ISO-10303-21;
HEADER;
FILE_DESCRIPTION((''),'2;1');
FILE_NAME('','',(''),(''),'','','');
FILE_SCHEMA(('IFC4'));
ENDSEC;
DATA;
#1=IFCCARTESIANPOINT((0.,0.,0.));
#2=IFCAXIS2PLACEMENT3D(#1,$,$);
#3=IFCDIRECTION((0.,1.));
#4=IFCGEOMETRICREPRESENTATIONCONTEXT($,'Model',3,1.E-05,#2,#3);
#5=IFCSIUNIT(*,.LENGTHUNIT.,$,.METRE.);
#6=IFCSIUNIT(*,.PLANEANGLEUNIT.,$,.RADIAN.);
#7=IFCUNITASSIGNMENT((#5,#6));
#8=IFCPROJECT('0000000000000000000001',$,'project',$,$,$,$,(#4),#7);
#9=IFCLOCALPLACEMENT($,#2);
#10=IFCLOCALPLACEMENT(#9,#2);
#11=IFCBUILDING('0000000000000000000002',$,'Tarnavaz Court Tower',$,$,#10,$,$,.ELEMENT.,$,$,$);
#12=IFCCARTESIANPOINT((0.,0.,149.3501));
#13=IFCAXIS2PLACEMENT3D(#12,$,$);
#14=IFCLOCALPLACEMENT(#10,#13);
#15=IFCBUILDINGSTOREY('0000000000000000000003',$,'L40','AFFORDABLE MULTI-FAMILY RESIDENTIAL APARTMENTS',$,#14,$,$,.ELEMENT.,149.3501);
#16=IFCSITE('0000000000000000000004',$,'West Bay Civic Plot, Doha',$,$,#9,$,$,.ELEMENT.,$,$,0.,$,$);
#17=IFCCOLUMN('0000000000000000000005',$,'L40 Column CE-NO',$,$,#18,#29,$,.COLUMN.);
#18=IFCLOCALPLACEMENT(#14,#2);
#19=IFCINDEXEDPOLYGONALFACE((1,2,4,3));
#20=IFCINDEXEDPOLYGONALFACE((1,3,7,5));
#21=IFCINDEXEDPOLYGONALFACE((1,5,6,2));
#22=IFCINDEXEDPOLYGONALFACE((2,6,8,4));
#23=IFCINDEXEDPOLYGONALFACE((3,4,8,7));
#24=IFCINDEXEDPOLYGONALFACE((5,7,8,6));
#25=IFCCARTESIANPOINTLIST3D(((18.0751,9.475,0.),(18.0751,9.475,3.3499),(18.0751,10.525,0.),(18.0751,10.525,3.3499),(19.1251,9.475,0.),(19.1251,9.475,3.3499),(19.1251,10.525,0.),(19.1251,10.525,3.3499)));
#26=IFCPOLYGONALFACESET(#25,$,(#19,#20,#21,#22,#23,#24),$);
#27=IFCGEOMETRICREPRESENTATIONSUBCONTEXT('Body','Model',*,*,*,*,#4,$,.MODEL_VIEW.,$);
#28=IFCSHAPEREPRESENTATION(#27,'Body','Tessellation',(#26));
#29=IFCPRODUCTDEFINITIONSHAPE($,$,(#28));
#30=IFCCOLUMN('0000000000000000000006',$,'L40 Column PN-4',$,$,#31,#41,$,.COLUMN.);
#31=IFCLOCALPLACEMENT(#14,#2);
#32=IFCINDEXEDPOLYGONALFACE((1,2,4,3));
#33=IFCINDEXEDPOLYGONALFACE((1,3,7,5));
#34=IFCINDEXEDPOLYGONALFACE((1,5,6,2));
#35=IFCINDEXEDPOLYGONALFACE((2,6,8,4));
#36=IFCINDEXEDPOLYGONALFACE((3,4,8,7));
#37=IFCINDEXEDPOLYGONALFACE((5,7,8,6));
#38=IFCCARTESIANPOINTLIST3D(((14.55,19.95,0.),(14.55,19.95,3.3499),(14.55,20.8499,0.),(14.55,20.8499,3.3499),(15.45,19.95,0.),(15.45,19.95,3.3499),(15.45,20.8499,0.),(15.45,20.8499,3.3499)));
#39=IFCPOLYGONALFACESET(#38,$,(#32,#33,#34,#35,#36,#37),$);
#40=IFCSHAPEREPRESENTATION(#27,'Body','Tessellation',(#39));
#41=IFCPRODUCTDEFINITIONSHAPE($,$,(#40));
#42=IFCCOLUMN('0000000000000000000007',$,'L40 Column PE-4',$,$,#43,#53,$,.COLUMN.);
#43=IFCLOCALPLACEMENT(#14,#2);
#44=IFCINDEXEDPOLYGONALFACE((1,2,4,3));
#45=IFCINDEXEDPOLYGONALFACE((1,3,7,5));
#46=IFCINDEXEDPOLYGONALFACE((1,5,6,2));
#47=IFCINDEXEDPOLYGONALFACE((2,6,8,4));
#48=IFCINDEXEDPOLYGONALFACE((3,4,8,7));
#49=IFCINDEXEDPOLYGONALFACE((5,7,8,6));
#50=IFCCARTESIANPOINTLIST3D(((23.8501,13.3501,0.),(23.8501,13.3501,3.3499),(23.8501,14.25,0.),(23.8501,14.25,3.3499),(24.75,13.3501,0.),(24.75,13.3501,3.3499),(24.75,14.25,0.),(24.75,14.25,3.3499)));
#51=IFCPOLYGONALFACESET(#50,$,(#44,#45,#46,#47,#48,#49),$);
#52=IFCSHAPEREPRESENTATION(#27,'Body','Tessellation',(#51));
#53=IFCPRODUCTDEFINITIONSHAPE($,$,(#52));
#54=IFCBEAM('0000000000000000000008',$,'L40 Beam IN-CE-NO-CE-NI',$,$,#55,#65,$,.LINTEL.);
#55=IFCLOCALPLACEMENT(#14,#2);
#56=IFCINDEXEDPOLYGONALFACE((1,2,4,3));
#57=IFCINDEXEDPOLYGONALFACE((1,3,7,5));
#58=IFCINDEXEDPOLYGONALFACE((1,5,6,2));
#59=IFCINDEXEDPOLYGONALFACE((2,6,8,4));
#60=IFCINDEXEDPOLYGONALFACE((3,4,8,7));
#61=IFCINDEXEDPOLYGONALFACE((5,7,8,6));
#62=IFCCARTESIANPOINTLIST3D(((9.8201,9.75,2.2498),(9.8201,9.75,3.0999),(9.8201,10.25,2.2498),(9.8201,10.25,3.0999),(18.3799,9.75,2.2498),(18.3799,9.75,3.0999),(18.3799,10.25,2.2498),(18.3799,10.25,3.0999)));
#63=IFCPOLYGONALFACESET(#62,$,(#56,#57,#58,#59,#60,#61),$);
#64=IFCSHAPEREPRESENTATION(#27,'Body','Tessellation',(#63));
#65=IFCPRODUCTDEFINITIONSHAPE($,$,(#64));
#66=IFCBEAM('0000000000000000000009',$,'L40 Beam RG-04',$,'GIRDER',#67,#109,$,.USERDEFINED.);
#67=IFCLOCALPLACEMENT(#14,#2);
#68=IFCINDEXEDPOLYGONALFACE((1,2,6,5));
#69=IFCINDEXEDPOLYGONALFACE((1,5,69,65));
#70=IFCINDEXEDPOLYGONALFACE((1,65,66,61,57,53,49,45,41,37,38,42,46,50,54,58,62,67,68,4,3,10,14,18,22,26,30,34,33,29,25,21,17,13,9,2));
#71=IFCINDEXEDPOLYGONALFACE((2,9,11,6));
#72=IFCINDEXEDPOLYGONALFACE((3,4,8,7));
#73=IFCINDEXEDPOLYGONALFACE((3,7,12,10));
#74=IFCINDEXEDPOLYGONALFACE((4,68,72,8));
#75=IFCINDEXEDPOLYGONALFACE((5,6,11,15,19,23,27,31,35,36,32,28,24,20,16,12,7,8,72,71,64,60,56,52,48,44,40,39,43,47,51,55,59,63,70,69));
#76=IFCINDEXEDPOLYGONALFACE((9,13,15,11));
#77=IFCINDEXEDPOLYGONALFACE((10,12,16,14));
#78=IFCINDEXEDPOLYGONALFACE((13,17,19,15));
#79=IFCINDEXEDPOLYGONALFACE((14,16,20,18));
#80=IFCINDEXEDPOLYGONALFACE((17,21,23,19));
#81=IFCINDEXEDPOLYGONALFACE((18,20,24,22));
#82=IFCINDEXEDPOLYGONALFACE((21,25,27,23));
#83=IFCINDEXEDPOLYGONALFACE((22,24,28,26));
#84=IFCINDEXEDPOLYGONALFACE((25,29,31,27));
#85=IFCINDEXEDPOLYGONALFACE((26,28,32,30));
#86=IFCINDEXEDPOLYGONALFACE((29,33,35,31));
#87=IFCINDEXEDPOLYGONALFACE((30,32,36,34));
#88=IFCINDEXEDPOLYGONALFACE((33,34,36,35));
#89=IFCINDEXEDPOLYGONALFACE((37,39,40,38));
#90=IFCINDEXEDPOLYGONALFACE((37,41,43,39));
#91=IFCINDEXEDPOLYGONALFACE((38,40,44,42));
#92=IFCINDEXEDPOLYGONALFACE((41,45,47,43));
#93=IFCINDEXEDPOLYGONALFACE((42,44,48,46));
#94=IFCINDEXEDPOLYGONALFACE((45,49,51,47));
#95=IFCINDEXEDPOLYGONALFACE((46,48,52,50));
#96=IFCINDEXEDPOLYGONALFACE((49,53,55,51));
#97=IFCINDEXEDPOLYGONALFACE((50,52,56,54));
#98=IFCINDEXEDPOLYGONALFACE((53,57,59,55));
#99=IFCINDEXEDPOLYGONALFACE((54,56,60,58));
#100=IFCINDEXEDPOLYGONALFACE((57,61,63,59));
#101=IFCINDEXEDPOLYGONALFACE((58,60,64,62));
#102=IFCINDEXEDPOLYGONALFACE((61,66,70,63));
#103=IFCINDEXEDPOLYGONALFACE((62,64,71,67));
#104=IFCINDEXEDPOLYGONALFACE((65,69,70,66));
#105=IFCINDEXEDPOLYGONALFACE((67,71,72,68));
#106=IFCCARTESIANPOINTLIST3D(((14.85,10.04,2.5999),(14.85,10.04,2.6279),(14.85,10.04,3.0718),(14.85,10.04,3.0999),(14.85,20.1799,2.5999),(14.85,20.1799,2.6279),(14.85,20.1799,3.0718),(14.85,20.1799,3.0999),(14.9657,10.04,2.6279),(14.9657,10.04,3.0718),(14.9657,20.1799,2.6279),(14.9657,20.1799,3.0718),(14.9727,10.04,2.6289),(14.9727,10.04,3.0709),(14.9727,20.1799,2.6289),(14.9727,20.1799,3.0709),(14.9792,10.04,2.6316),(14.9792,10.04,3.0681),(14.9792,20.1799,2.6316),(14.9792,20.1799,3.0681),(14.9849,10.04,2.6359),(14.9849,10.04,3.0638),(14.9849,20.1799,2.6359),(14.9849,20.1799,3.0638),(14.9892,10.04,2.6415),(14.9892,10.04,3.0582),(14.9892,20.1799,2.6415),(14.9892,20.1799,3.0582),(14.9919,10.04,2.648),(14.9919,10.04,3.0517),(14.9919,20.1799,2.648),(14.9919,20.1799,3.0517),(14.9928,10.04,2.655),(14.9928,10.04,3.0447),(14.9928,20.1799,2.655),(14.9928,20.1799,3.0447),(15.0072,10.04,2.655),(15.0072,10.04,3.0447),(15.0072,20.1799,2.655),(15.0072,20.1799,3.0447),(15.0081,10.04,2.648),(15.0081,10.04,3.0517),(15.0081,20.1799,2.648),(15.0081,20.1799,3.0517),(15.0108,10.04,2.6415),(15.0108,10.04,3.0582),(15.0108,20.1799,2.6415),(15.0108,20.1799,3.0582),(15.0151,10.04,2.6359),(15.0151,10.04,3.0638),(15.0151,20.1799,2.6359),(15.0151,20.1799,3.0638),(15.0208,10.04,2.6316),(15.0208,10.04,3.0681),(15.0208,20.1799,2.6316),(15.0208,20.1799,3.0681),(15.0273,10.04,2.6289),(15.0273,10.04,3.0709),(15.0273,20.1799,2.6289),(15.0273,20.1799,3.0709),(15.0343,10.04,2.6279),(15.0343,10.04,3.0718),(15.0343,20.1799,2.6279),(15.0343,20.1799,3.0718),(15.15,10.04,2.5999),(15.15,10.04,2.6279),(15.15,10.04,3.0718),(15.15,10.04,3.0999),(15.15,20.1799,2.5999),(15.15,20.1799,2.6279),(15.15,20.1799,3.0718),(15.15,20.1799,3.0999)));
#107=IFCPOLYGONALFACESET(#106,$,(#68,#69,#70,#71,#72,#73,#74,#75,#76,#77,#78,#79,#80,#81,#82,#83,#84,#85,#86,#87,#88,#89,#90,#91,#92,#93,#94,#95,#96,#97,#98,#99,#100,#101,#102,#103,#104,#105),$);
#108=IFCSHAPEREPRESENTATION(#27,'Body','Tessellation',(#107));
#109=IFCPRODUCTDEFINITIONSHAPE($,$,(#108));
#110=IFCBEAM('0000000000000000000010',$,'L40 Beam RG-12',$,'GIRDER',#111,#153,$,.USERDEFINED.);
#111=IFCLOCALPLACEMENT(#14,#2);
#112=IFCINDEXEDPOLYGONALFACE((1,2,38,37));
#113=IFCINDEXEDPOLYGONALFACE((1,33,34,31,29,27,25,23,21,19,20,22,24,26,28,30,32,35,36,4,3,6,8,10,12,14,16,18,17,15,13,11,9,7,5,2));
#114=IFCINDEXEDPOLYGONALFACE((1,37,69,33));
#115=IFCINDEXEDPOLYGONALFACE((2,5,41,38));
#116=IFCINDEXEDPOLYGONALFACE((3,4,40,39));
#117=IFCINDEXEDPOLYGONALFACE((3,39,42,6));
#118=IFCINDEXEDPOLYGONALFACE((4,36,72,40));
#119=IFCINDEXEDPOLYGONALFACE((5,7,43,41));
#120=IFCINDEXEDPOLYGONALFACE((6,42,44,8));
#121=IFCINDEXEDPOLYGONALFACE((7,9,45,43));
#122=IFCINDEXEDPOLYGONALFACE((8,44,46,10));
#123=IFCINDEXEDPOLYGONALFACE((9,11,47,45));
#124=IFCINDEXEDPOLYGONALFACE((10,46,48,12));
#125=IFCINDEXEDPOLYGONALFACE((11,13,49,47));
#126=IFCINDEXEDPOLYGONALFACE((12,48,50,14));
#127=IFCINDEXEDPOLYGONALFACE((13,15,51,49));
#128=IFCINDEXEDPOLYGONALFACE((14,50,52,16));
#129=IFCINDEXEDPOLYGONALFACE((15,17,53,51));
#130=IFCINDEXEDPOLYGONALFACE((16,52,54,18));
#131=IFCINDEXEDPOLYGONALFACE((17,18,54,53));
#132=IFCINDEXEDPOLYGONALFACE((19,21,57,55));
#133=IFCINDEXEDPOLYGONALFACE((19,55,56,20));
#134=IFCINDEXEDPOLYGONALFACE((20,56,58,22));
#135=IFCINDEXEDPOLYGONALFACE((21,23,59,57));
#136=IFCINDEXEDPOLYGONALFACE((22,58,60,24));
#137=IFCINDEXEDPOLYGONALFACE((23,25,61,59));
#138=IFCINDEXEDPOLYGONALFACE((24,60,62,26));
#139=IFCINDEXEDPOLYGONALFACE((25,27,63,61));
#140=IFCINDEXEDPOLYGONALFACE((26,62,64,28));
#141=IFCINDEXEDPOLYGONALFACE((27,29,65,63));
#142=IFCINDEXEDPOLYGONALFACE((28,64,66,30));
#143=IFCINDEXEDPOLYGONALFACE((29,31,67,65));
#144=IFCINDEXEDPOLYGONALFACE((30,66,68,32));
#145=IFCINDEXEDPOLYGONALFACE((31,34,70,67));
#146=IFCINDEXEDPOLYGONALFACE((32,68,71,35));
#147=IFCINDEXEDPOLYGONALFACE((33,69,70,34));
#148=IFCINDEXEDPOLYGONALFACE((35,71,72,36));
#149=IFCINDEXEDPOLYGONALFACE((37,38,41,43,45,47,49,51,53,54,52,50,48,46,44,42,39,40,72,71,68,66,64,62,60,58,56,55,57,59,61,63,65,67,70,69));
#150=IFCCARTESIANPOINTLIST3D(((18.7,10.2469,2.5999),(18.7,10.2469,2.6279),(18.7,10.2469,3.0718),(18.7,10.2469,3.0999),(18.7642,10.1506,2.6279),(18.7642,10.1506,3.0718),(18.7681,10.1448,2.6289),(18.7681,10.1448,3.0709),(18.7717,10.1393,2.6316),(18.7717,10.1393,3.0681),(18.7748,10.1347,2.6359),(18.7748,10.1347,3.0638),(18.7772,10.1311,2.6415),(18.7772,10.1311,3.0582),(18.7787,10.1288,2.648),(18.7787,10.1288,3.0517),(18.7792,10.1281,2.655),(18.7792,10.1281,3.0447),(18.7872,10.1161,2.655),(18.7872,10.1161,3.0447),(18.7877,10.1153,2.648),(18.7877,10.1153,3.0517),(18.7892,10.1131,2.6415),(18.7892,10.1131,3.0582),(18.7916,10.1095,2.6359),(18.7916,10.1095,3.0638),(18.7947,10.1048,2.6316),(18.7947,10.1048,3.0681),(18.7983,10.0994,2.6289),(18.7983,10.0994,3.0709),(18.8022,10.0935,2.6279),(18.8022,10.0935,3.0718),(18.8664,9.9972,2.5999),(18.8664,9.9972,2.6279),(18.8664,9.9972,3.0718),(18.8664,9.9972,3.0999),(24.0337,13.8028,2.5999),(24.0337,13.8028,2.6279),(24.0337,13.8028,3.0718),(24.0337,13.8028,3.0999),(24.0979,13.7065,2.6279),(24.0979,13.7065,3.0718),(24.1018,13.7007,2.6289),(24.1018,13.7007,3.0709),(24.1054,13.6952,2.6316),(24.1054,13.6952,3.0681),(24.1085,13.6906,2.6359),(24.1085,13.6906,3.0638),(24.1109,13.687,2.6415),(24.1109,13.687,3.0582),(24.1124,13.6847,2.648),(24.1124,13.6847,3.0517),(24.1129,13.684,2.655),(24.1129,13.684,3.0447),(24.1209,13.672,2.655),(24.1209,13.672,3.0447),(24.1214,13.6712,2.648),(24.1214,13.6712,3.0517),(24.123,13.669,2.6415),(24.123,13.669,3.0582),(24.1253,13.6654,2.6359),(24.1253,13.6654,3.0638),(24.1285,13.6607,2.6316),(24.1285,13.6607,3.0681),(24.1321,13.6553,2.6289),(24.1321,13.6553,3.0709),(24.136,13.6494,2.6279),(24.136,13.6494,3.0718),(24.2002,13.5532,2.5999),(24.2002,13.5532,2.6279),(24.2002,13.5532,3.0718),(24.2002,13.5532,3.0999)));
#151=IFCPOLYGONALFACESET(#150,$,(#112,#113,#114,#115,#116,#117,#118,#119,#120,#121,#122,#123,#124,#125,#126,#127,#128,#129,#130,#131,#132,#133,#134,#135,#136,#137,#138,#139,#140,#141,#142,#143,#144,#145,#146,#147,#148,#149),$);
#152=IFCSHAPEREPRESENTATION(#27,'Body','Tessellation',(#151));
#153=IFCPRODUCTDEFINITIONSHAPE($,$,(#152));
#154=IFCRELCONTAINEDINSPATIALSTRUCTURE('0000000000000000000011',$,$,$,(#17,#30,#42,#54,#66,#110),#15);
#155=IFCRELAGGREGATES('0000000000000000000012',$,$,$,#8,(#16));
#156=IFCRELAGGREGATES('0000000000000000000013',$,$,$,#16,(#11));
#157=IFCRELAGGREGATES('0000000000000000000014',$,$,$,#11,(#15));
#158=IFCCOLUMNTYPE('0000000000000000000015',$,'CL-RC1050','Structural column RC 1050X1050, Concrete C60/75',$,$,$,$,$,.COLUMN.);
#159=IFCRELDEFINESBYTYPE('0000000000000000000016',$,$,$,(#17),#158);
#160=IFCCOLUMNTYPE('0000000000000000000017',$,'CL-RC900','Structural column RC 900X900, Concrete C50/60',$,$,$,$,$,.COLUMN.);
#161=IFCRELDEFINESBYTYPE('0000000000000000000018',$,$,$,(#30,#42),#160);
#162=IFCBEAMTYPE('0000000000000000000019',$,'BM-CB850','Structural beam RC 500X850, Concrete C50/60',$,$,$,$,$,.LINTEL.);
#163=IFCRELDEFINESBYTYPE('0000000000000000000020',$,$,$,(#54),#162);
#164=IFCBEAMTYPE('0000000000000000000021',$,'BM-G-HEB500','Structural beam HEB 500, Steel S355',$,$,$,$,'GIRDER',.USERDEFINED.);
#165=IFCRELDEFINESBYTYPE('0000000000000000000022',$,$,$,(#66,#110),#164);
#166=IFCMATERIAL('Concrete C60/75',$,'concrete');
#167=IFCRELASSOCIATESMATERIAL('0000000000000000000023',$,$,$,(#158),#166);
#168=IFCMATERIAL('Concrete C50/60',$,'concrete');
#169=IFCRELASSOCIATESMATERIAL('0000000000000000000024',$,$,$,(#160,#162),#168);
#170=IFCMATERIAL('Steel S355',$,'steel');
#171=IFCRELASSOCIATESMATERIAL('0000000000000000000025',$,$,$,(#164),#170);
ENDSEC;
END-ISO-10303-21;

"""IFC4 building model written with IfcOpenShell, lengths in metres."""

from ifc_helpers import new_model, si_unit, direction, frame, origin, origin_2d, place, context, subcontext, project, spatial, rectangle, i_section, extrude, material, material_profile, profile_set, type_object, element, save


model = new_model("IFC4")

# Units and contexts
model_context = context("Model", 3, precision=1e-05, world=origin(), true_north=direction((0.0, 1.0)))
body_context = subcontext(model_context, "Body", "Model", "MODEL_VIEW")
ifc_project = project(units=[si_unit("LENGTHUNIT", "METRE"), si_unit("PLANEANGLEUNIT", "RADIAN")], contexts=[model_context])

# Site, building, storey
site_placement = place(None, origin())
site = spatial("IfcSite", under=ifc_project, at=site_placement, Name="West Bay Civic Plot, Doha", CompositionType="ELEMENT", RefElevation=0.0)
building_placement = place(site_placement, origin())
building = spatial("IfcBuilding", under=site, at=building_placement, Name="Tarnavaz Court Tower", CompositionType="ELEMENT")
storey_placement = place(building_placement, frame((0.0, 0.0, 149.3501)))
storey = spatial("IfcBuildingStorey", under=building, at=storey_placement, Name="L40", Description="AFFORDABLE MULTI-FAMILY RESIDENTIAL APARTMENTS", CompositionType="ELEMENT", Elevation=149.3501)

# Columns
ifc_material_1 = material(Name="Concrete C60/75", Category="concrete")
ifc_material_profile_1 = material_profile(ifc_material_1, rectangle(XDim=1.05, YDim=1.05, at=origin_2d()), Name="RC 1050X1050")
ifc_profile_set_1 = profile_set([ifc_material_profile_1], Name="Concrete C60/75")
column_type_1 = type_object("IfcColumnType", Name="CL-RC1050", Description="Structural column RC 1050X1050, Concrete C60/75", PredefinedType="COLUMN", material=ifc_profile_set_1)
column_placement = place(storey_placement, frame((18.6001, 10.0, 0.0), z_axis=(0.0, 0.0, 1.0), x_axis=(1.0, 0.0, 0.0)))
element("IfcColumn", 1, at=column_placement, inside=storey, type_object=column_type_1, Name="L40 Column CE-NO", PredefinedType="COLUMN", context=body_context, shape_type="SweptSolid", body=[
    extrude(rectangle(XDim=1.05, YDim=1.05, at=origin_2d()), origin(), (0.0, 0.0, 1.0), 3.3499),
])
ifc_material_2 = material(Name="Concrete C50/60", Category="concrete")
ifc_material_profile_2 = material_profile(ifc_material_2, rectangle(XDim=0.8999, YDim=0.8999, at=origin_2d()), Name="RC 900X900")
ifc_profile_set_2 = profile_set([ifc_material_profile_2], Name="Concrete C50/60")
column_type_2 = type_object("IfcColumnType", Name="CL-RC900", Description="Structural column RC 900X900, Concrete C50/60", PredefinedType="COLUMN", material=ifc_profile_set_2)
for number, where, z_axis, x_axis, name in (
    (2, (15.0, 20.3999, 0.0), (0.0, 0.0, 1.0), (1.0, 0.0, 0.0), "L40 Column PN-4"),
    (3, (24.3, 13.8, 0.0), (0.0, 0.0, 1.0), (1.0, 0.0, 0.0), "L40 Column PE-4"),
):
    element("IfcColumn", number, at=place(storey_placement, frame(where, z_axis=z_axis, x_axis=x_axis)), inside=storey, type_object=column_type_2, Name=name, PredefinedType="COLUMN", context=body_context, shape_type="SweptSolid", body=[
        extrude(rectangle(XDim=0.8999, YDim=0.8999, at=origin_2d()), origin(), (0.0, 0.0, 1.0), 3.3499),
    ])

# Beams
ifc_material_profile_3 = material_profile(ifc_material_2, rectangle(XDim=0.5, YDim=0.8501, at=origin_2d()), Name="RC 500X850")
ifc_profile_set_3 = profile_set([ifc_material_profile_3], Name="Concrete C50/60")
beam_type_1 = type_object("IfcBeamType", Name="BM-CB850", Description="Structural beam RC 500X850, Concrete C50/60", PredefinedType="LINTEL", material=ifc_profile_set_3)
beam_1_placement = place(storey_placement, frame((18.3799, 10.0, 2.6748), z_axis=(-1.0, 0.0, 0.0), x_axis=(0.0, -1.0, 0.0)))
element("IfcBeam", 4, at=beam_1_placement, inside=storey, type_object=beam_type_1, Name="L40 Beam IN-CE-NO-CE-NI", PredefinedType="LINTEL", context=body_context, shape_type="SweptSolid", body=[
    extrude(rectangle(XDim=0.5, YDim=0.8501, at=origin_2d()), origin(), (0.0, 0.0, 1.0), 8.5598),
])
ifc_material_3 = material(Name="Steel S355", Category="steel")
ifc_material_profile_4 = material_profile(ifc_material_3, i_section(OverallWidth=0.3, OverallDepth=0.5, WebThickness=0.0144, FlangeThickness=0.0281, FilletRadius=0.0271, at=origin_2d()), Name="HEB 500")
ifc_profile_set_4 = profile_set([ifc_material_profile_4], Name="Steel S355")
beam_type_2 = type_object("IfcBeamType", Name="BM-G-HEB500", Description="Structural beam HEB 500, Steel S355", ElementType="GIRDER", PredefinedType="USERDEFINED", material=ifc_profile_set_4)
beam_2_placement = place(storey_placement, frame((15.0, 10.04, 2.8499), z_axis=(0.0, 1.0, 0.0), x_axis=(-1.0, 0.0, 0.0)))
element("IfcBeam", 5, at=beam_2_placement, inside=storey, type_object=beam_type_2, Name="L40 Beam RG-04", ObjectType="GIRDER", PredefinedType="USERDEFINED", context=body_context, shape_type="SweptSolid", body=[
    extrude(i_section(OverallWidth=0.3, OverallDepth=0.5, WebThickness=0.0144, FlangeThickness=0.0281, FilletRadius=0.0271, at=origin_2d()), origin(), (0.0, 0.0, 1.0), 10.1399),
])
beam_3_placement = place(storey_placement, frame((18.7832, 10.1221, 2.8499), z_axis=(0.832044, 0.554709, 0.0), x_axis=(-0.554709, 0.832044, 0.0)))
element("IfcBeam", 6, at=beam_3_placement, inside=storey, type_object=beam_type_2, Name="L40 Beam RG-12", ObjectType="GIRDER", PredefinedType="USERDEFINED", context=body_context, shape_type="SweptSolid", body=[
    extrude(i_section(OverallWidth=0.3, OverallDepth=0.5, WebThickness=0.0144, FlangeThickness=0.0281, FilletRadius=0.0271, at=origin_2d()), origin(), (0.0, 0.0, 1.0), 6.4104),
])

save(model, "model.ifc")
